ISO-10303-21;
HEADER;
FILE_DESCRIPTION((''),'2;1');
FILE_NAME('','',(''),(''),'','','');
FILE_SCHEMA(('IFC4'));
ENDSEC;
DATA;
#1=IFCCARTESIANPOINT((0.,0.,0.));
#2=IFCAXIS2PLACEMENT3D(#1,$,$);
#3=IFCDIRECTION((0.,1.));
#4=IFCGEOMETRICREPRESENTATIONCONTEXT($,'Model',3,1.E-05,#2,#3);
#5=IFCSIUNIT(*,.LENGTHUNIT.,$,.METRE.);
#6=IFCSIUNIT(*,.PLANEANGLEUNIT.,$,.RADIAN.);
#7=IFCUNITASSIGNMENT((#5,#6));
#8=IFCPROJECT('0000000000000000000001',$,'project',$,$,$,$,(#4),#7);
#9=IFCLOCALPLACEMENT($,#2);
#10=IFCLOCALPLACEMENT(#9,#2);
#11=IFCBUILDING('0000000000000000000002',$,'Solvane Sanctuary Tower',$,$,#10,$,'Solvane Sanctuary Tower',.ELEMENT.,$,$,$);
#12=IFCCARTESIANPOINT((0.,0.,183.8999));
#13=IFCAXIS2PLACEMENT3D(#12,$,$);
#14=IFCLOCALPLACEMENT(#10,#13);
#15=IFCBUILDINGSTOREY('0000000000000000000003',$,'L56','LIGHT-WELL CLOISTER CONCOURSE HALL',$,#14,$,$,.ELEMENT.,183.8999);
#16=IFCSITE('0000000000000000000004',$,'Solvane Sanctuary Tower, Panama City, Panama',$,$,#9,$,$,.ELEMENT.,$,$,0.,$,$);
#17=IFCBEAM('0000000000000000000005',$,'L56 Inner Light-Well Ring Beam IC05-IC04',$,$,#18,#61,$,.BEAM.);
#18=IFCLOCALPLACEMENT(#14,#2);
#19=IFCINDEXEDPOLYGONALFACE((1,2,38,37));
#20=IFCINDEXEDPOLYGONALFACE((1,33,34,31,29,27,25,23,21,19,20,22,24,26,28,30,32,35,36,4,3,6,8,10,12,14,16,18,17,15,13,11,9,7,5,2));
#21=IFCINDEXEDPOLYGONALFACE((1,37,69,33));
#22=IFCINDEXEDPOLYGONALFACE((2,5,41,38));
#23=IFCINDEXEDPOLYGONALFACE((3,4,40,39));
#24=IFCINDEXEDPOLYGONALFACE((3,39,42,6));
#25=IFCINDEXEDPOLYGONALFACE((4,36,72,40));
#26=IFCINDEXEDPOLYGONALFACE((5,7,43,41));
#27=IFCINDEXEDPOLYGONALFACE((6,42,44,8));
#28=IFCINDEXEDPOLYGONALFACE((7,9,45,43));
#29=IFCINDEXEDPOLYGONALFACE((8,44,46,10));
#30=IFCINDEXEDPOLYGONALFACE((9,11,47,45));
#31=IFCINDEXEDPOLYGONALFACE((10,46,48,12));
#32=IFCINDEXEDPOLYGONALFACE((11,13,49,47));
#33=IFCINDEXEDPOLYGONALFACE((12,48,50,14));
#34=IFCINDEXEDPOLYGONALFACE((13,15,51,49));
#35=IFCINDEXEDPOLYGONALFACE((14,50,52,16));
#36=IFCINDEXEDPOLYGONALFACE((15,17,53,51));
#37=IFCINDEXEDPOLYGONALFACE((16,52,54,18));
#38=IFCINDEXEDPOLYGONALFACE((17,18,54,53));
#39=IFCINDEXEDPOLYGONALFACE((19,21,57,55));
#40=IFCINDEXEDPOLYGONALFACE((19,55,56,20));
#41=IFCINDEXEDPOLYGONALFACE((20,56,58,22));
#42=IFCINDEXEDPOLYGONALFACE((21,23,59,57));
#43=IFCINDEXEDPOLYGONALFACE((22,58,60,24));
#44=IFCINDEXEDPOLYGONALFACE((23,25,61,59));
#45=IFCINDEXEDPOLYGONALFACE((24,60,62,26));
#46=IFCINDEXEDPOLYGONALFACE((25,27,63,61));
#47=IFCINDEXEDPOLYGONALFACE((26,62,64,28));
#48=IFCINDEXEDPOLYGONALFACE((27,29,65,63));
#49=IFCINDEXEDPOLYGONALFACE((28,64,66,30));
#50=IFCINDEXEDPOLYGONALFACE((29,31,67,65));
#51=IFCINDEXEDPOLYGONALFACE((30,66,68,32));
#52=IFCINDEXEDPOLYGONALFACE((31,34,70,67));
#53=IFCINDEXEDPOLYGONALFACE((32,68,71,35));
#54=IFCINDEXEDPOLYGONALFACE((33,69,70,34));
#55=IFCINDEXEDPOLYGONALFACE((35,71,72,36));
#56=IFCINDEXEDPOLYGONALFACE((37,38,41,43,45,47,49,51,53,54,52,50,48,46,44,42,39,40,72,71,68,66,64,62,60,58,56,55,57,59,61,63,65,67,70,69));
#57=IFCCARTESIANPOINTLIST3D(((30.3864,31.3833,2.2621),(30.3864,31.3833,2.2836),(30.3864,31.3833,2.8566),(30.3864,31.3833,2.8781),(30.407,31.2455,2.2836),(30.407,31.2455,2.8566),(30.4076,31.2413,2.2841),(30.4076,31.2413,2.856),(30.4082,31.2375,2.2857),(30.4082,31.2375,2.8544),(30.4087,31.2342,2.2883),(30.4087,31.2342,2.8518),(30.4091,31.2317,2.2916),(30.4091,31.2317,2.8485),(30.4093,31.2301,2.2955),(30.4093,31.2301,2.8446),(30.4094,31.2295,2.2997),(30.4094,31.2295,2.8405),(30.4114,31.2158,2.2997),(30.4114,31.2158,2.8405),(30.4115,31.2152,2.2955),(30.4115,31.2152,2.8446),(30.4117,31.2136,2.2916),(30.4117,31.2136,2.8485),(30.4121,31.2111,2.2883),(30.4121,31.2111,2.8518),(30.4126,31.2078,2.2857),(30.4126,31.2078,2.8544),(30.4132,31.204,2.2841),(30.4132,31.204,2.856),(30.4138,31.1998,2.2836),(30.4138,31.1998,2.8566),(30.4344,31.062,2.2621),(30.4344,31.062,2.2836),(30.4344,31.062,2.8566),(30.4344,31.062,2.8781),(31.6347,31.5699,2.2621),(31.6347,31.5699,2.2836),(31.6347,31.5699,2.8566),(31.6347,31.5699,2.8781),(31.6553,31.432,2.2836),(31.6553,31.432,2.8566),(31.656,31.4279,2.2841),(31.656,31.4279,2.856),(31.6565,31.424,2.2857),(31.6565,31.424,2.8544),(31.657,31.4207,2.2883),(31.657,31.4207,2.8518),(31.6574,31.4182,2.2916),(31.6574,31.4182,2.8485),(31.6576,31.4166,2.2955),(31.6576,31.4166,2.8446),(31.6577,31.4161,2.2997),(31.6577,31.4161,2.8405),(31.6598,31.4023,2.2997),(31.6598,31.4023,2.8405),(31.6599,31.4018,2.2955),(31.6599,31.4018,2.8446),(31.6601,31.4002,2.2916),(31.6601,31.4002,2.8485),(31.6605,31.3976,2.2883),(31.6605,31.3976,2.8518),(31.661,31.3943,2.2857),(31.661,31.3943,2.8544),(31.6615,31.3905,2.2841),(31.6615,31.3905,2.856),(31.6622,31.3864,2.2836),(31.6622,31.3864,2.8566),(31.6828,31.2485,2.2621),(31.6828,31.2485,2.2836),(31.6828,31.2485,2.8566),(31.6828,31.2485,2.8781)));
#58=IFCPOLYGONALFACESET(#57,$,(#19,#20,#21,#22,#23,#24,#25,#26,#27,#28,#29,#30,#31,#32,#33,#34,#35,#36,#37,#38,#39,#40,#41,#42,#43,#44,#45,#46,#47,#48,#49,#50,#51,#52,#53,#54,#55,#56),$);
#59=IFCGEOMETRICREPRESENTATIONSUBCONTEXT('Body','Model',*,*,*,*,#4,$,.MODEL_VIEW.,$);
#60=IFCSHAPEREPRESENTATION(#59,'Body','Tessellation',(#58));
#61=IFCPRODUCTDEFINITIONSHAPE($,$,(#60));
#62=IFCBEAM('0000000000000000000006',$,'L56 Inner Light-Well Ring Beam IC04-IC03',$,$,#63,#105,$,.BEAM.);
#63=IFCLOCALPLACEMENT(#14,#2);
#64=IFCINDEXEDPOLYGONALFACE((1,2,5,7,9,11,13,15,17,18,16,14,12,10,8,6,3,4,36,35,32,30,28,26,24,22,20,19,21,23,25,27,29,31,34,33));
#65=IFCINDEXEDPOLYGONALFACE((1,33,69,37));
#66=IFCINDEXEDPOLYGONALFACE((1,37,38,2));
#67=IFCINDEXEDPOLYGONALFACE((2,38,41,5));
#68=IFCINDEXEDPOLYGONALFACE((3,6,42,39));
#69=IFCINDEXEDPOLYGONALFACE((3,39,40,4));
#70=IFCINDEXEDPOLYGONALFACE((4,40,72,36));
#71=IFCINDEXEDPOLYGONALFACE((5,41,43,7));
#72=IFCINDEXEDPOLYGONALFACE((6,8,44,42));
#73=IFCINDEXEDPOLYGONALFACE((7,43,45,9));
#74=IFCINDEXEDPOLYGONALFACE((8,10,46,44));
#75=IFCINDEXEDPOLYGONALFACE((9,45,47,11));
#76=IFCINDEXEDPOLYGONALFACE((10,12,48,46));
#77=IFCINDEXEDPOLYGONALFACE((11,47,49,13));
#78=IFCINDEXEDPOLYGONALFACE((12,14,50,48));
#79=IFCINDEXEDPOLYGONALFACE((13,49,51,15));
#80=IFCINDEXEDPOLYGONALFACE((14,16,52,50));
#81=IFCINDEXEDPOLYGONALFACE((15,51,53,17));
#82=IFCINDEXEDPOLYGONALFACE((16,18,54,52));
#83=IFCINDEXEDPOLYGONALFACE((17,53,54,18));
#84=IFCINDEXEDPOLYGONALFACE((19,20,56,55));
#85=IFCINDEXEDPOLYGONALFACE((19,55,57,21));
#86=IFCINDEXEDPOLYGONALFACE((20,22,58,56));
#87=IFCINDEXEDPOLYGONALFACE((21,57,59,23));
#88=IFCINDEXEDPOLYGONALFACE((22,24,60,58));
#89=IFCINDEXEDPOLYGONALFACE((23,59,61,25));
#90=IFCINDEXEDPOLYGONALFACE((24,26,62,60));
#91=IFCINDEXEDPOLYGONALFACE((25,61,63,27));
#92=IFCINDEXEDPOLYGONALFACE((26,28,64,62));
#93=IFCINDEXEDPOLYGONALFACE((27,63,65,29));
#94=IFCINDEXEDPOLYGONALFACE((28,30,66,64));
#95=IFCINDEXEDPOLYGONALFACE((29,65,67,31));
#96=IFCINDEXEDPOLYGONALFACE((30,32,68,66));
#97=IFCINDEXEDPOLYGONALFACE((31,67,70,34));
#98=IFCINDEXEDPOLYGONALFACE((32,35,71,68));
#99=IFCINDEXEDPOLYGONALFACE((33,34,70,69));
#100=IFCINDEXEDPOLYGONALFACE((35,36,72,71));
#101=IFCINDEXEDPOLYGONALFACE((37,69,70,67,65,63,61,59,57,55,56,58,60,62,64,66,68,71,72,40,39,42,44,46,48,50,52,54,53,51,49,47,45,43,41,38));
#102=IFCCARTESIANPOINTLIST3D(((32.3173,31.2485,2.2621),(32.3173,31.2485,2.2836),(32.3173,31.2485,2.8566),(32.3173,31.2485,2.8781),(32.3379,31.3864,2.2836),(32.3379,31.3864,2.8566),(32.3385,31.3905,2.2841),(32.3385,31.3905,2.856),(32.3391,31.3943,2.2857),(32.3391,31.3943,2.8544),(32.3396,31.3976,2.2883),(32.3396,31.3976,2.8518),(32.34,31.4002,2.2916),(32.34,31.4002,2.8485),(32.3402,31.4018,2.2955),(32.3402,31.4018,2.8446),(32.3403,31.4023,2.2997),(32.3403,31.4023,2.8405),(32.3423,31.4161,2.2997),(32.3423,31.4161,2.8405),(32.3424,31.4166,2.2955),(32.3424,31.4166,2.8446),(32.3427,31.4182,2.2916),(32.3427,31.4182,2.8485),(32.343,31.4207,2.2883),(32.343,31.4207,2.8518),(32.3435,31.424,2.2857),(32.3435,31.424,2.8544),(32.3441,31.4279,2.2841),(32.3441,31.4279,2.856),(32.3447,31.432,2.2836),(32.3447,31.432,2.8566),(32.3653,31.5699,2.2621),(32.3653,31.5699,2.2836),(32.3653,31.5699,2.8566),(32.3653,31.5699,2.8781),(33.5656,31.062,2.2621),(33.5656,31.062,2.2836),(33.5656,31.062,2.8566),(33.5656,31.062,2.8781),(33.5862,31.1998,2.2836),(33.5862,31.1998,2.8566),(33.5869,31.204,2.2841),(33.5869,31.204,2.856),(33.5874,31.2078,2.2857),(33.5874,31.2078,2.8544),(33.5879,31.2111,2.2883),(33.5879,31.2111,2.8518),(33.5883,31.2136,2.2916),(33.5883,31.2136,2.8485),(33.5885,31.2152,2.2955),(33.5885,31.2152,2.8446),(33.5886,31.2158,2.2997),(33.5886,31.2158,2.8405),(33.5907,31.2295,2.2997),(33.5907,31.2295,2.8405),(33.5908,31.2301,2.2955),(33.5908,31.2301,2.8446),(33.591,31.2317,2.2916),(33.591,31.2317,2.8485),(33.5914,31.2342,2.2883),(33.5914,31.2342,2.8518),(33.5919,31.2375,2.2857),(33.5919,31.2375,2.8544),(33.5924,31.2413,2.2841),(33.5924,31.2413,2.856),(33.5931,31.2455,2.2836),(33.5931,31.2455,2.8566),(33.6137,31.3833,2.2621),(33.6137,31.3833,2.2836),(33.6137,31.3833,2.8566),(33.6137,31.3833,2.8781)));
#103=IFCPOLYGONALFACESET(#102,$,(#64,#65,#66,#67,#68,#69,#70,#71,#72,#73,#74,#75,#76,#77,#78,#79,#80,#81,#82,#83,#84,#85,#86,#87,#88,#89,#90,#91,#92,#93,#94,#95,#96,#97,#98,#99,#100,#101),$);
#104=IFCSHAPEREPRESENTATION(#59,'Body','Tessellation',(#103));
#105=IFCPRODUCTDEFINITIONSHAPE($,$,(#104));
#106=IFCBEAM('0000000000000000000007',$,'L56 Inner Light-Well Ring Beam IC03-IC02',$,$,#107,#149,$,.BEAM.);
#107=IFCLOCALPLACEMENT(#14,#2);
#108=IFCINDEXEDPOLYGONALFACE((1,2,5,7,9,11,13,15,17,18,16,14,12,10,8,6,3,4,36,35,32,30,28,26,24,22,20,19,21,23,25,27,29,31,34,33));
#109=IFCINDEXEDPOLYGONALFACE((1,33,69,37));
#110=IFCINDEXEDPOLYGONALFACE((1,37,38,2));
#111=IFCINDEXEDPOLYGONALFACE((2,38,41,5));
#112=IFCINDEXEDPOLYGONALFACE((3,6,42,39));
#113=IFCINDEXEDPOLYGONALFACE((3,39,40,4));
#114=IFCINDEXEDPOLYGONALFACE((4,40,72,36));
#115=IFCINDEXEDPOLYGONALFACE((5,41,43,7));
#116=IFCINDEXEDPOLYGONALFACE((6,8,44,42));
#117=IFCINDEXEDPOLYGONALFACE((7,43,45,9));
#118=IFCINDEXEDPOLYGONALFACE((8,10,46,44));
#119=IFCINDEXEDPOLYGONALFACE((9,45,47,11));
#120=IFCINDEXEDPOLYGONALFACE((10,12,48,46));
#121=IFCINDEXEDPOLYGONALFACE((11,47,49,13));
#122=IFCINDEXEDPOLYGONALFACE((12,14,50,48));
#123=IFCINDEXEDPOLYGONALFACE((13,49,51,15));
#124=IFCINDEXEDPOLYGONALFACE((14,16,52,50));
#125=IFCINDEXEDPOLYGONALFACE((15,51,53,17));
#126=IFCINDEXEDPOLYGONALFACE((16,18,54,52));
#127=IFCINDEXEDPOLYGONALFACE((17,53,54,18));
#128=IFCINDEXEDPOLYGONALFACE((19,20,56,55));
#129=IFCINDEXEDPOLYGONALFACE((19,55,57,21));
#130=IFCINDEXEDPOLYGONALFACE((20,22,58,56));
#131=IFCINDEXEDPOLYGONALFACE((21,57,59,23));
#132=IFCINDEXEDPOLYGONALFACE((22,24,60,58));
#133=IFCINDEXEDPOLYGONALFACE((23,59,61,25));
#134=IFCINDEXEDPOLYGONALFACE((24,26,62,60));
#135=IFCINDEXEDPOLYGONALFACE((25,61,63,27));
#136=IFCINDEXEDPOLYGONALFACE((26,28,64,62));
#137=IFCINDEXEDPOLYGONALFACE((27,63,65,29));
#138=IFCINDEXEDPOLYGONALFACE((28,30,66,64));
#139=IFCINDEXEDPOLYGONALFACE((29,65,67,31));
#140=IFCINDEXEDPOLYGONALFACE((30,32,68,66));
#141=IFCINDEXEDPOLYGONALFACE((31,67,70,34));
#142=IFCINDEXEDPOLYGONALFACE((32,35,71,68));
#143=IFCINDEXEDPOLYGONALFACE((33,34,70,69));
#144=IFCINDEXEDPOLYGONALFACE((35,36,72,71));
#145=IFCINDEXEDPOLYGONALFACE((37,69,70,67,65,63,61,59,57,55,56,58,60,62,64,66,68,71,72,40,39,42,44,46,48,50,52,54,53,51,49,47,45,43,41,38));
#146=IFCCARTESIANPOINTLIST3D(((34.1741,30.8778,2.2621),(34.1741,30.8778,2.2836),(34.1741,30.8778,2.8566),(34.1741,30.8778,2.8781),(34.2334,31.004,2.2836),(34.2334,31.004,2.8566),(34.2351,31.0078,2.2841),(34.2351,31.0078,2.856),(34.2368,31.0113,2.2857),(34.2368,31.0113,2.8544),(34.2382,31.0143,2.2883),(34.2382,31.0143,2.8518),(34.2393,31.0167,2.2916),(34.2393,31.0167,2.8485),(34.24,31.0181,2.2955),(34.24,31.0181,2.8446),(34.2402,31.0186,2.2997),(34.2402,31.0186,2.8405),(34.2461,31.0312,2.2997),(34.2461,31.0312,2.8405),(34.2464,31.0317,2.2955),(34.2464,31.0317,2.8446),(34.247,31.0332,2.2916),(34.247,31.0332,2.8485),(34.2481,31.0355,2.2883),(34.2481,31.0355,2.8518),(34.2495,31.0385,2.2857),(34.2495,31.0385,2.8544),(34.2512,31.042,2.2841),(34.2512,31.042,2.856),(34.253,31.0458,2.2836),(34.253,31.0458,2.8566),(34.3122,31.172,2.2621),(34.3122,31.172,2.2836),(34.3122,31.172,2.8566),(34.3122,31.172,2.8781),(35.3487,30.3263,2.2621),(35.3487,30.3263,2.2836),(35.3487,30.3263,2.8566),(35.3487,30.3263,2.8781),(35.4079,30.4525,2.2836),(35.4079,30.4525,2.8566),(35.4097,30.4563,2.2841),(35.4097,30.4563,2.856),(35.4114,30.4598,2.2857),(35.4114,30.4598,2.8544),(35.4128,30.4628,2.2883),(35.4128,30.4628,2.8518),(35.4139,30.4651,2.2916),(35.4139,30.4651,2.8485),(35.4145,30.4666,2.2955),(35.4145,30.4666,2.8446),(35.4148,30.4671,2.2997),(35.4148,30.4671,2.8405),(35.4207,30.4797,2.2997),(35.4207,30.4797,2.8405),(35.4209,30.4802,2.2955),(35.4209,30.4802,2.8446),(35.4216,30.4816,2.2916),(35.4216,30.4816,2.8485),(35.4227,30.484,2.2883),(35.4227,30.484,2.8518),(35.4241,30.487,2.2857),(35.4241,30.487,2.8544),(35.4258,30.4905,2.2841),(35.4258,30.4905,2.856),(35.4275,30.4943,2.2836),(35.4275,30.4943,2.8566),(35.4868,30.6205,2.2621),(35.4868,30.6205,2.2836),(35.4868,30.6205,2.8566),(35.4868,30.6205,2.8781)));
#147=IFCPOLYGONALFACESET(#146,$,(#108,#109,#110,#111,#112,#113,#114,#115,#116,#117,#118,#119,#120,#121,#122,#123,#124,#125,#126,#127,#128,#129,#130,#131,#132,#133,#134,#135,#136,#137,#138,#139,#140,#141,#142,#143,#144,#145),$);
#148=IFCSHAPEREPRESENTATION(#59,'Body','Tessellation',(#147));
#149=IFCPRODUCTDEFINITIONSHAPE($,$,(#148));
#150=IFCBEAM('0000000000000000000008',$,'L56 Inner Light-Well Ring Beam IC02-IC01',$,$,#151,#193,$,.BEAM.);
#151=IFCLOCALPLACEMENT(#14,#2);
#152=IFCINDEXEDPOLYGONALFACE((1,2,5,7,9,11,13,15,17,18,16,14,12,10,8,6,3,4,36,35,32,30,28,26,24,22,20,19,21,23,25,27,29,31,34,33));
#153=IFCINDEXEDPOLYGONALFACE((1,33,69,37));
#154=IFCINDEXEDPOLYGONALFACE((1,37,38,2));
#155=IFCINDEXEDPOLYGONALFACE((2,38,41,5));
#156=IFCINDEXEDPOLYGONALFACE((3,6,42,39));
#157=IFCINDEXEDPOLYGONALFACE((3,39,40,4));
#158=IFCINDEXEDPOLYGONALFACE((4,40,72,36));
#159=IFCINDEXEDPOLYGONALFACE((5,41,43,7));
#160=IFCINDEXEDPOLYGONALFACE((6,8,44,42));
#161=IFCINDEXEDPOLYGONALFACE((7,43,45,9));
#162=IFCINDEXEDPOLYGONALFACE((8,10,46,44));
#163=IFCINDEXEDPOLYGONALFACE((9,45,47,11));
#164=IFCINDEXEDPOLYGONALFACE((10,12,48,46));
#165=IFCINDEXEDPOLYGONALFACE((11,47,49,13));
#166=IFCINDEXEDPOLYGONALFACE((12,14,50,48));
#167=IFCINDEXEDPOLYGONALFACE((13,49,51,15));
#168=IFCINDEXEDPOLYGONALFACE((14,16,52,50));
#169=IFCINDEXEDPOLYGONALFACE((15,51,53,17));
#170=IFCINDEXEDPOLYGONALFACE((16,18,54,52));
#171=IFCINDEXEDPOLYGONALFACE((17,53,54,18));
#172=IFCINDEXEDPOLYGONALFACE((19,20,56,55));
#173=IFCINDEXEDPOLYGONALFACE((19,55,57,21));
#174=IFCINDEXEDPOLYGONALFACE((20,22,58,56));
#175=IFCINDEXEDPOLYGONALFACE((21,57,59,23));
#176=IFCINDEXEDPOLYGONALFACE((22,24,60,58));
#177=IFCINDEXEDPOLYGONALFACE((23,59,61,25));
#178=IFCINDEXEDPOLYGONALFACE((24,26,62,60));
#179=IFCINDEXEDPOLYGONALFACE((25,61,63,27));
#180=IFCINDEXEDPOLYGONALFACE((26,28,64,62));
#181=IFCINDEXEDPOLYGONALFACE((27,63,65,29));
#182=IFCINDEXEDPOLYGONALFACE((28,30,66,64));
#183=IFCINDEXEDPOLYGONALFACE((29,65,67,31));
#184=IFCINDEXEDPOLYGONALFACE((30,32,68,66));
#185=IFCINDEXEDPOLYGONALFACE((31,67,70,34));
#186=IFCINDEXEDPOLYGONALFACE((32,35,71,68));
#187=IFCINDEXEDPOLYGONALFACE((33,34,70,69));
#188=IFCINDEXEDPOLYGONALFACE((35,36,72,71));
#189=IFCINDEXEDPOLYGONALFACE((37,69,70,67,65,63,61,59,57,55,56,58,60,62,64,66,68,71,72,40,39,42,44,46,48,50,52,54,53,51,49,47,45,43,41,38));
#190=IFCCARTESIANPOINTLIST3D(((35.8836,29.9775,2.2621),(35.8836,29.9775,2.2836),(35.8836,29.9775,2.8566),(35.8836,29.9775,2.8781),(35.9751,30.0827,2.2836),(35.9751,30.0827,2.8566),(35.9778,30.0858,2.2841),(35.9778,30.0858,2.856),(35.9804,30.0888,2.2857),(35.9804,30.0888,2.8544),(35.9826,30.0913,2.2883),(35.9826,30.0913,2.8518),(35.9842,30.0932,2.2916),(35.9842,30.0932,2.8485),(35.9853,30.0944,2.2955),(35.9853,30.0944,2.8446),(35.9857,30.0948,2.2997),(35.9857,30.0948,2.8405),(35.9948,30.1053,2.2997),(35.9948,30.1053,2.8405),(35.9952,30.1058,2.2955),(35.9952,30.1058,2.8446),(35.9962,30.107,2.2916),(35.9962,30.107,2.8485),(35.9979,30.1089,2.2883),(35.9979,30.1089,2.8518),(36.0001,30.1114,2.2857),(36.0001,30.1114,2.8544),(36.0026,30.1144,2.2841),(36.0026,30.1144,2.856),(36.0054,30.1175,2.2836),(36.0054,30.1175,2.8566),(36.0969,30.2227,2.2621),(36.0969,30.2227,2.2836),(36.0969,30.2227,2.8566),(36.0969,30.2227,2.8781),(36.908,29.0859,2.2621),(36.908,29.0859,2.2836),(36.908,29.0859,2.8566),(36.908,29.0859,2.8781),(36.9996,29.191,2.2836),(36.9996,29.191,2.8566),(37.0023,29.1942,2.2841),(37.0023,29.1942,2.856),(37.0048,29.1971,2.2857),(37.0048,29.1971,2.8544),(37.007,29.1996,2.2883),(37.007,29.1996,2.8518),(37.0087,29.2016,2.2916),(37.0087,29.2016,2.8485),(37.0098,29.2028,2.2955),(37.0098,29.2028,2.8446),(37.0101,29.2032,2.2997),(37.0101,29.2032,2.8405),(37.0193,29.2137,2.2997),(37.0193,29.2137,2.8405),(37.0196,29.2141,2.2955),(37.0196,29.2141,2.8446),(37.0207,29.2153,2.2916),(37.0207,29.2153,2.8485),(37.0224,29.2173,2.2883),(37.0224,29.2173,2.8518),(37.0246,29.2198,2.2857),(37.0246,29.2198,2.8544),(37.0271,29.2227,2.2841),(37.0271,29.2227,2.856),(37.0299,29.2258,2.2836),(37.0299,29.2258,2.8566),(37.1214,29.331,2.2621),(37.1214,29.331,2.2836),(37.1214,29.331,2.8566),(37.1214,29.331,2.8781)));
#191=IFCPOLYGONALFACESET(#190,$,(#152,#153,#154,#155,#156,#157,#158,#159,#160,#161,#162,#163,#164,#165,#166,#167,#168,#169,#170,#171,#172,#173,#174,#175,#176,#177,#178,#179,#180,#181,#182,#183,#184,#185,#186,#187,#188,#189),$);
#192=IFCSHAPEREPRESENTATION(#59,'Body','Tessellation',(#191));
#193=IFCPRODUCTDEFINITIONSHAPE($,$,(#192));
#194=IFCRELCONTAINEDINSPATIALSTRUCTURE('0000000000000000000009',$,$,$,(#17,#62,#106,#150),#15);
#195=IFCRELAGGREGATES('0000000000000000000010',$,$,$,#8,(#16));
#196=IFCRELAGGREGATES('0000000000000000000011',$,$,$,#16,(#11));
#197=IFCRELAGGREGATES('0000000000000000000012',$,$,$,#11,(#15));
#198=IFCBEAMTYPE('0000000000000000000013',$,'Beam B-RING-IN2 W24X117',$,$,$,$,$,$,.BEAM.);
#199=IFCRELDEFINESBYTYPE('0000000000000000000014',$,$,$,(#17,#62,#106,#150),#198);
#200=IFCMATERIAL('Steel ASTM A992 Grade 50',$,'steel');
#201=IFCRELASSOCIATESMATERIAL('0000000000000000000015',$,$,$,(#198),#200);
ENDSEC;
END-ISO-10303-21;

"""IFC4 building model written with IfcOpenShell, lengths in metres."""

from ifc_helpers import new_model, si_unit, direction, frame, origin, origin_2d, place, context, subcontext, project, spatial, i_section, extrude, material, material_profile, profile_set, type_object, element, save


model = new_model("IFC4")

# Units and contexts
model_context = context("Model", 3, precision=1e-05, world=origin(), true_north=direction((0.0, 1.0)))
body_context = subcontext(model_context, "Body", "Model", "MODEL_VIEW")
ifc_project = project(units=[si_unit("LENGTHUNIT", "METRE"), si_unit("PLANEANGLEUNIT", "RADIAN")], contexts=[model_context])

# Site, building, storey
site_placement = place(None, origin())
site = spatial("IfcSite", under=ifc_project, at=site_placement, Name="Solvane Sanctuary Tower, Panama City, Panama", CompositionType="ELEMENT", RefElevation=0.0)
building_placement = place(site_placement, origin())
building = spatial("IfcBuilding", under=site, at=building_placement, Name="Solvane Sanctuary Tower", LongName="Solvane Sanctuary Tower", CompositionType="ELEMENT")
storey_placement = place(building_placement, frame((0.0, 0.0, 183.8999)))
storey = spatial("IfcBuildingStorey", under=building, at=storey_placement, Name="L56", Description="LIGHT-WELL CLOISTER CONCOURSE HALL", CompositionType="ELEMENT", Elevation=183.8999)

# Beams
ifc_material_1 = material(Name="Steel ASTM A992 Grade 50", Category="steel")
ifc_material_profile_1 = material_profile(ifc_material_1, i_section(OverallWidth=0.325, OverallDepth=0.616, WebThickness=0.0139, FlangeThickness=0.0215, FilletRadius=0.0161, at=origin_2d()), Name="W24X117")
ifc_profile_set_1 = profile_set([ifc_material_profile_1], Name="Steel ASTM A992 Grade 50")
beam_type_1 = type_object("IfcBeamType", Name="Beam B-RING-IN2 W24X117", PredefinedType="BEAM", material=ifc_profile_set_1)
for number, where, z_axis, x_axis, name in (
    (1, (30.4104, 31.2227, 2.5701), (0.98902, 0.147782, 0.0), (-0.147782, 0.98902, 0.0), "L56 Inner Light-Well Ring Beam IC05-IC04"),
    (2, (32.3413, 31.4092, 2.5701), (0.98902, -0.147782, 0.0), (0.147782, 0.98902, 0.0), "L56 Inner Light-Well Ring Beam IC04-IC03"),
):
    element("IfcBeam", number, at=place(storey_placement, frame(where, z_axis=z_axis, x_axis=x_axis)), inside=storey, type_object=beam_type_1, Name=name, PredefinedType="BEAM", context=body_context, shape_type="SweptSolid", body=[
        extrude(i_section(OverallWidth=0.325, OverallDepth=0.616, WebThickness=0.0139, FlangeThickness=0.0215, FilletRadius=0.0161, at=origin_2d()), origin(), (0.0, 0.0, 1.0), 1.2622),
    ])
beam_1_placement = place(storey_placement, frame((34.2432, 31.0249, 2.5701), z_axis=(0.905181, -0.425027, 0.0), x_axis=(0.425027, 0.905181, 0.0)))
element("IfcBeam", 3, at=beam_1_placement, inside=storey, type_object=beam_type_1, Name="L56 Inner Light-Well Ring Beam IC03-IC02", PredefinedType="BEAM", context=body_context, shape_type="SweptSolid", body=[
    extrude(i_section(OverallWidth=0.325, OverallDepth=0.616, WebThickness=0.0139, FlangeThickness=0.0215, FilletRadius=0.0161, at=origin_2d()), origin(), (0.0, 0.0, 1.0), 1.2976),
])
beam_2_placement = place(storey_placement, frame((35.9902, 30.1001, 2.5701), z_axis=(0.754311, -0.656517, 0.0), x_axis=(0.656517, 0.754311, 0.0)))
element("IfcBeam", 4, at=beam_2_placement, inside=storey, type_object=beam_type_1, Name="L56 Inner Light-Well Ring Beam IC02-IC01", PredefinedType="BEAM", context=body_context, shape_type="SweptSolid", body=[
    extrude(i_section(OverallWidth=0.325, OverallDepth=0.616, WebThickness=0.0139, FlangeThickness=0.0215, FilletRadius=0.0161, at=origin_2d()), origin(), (0.0, 0.0, 1.0), 1.3582),
])

save(model, "model.ifc")
